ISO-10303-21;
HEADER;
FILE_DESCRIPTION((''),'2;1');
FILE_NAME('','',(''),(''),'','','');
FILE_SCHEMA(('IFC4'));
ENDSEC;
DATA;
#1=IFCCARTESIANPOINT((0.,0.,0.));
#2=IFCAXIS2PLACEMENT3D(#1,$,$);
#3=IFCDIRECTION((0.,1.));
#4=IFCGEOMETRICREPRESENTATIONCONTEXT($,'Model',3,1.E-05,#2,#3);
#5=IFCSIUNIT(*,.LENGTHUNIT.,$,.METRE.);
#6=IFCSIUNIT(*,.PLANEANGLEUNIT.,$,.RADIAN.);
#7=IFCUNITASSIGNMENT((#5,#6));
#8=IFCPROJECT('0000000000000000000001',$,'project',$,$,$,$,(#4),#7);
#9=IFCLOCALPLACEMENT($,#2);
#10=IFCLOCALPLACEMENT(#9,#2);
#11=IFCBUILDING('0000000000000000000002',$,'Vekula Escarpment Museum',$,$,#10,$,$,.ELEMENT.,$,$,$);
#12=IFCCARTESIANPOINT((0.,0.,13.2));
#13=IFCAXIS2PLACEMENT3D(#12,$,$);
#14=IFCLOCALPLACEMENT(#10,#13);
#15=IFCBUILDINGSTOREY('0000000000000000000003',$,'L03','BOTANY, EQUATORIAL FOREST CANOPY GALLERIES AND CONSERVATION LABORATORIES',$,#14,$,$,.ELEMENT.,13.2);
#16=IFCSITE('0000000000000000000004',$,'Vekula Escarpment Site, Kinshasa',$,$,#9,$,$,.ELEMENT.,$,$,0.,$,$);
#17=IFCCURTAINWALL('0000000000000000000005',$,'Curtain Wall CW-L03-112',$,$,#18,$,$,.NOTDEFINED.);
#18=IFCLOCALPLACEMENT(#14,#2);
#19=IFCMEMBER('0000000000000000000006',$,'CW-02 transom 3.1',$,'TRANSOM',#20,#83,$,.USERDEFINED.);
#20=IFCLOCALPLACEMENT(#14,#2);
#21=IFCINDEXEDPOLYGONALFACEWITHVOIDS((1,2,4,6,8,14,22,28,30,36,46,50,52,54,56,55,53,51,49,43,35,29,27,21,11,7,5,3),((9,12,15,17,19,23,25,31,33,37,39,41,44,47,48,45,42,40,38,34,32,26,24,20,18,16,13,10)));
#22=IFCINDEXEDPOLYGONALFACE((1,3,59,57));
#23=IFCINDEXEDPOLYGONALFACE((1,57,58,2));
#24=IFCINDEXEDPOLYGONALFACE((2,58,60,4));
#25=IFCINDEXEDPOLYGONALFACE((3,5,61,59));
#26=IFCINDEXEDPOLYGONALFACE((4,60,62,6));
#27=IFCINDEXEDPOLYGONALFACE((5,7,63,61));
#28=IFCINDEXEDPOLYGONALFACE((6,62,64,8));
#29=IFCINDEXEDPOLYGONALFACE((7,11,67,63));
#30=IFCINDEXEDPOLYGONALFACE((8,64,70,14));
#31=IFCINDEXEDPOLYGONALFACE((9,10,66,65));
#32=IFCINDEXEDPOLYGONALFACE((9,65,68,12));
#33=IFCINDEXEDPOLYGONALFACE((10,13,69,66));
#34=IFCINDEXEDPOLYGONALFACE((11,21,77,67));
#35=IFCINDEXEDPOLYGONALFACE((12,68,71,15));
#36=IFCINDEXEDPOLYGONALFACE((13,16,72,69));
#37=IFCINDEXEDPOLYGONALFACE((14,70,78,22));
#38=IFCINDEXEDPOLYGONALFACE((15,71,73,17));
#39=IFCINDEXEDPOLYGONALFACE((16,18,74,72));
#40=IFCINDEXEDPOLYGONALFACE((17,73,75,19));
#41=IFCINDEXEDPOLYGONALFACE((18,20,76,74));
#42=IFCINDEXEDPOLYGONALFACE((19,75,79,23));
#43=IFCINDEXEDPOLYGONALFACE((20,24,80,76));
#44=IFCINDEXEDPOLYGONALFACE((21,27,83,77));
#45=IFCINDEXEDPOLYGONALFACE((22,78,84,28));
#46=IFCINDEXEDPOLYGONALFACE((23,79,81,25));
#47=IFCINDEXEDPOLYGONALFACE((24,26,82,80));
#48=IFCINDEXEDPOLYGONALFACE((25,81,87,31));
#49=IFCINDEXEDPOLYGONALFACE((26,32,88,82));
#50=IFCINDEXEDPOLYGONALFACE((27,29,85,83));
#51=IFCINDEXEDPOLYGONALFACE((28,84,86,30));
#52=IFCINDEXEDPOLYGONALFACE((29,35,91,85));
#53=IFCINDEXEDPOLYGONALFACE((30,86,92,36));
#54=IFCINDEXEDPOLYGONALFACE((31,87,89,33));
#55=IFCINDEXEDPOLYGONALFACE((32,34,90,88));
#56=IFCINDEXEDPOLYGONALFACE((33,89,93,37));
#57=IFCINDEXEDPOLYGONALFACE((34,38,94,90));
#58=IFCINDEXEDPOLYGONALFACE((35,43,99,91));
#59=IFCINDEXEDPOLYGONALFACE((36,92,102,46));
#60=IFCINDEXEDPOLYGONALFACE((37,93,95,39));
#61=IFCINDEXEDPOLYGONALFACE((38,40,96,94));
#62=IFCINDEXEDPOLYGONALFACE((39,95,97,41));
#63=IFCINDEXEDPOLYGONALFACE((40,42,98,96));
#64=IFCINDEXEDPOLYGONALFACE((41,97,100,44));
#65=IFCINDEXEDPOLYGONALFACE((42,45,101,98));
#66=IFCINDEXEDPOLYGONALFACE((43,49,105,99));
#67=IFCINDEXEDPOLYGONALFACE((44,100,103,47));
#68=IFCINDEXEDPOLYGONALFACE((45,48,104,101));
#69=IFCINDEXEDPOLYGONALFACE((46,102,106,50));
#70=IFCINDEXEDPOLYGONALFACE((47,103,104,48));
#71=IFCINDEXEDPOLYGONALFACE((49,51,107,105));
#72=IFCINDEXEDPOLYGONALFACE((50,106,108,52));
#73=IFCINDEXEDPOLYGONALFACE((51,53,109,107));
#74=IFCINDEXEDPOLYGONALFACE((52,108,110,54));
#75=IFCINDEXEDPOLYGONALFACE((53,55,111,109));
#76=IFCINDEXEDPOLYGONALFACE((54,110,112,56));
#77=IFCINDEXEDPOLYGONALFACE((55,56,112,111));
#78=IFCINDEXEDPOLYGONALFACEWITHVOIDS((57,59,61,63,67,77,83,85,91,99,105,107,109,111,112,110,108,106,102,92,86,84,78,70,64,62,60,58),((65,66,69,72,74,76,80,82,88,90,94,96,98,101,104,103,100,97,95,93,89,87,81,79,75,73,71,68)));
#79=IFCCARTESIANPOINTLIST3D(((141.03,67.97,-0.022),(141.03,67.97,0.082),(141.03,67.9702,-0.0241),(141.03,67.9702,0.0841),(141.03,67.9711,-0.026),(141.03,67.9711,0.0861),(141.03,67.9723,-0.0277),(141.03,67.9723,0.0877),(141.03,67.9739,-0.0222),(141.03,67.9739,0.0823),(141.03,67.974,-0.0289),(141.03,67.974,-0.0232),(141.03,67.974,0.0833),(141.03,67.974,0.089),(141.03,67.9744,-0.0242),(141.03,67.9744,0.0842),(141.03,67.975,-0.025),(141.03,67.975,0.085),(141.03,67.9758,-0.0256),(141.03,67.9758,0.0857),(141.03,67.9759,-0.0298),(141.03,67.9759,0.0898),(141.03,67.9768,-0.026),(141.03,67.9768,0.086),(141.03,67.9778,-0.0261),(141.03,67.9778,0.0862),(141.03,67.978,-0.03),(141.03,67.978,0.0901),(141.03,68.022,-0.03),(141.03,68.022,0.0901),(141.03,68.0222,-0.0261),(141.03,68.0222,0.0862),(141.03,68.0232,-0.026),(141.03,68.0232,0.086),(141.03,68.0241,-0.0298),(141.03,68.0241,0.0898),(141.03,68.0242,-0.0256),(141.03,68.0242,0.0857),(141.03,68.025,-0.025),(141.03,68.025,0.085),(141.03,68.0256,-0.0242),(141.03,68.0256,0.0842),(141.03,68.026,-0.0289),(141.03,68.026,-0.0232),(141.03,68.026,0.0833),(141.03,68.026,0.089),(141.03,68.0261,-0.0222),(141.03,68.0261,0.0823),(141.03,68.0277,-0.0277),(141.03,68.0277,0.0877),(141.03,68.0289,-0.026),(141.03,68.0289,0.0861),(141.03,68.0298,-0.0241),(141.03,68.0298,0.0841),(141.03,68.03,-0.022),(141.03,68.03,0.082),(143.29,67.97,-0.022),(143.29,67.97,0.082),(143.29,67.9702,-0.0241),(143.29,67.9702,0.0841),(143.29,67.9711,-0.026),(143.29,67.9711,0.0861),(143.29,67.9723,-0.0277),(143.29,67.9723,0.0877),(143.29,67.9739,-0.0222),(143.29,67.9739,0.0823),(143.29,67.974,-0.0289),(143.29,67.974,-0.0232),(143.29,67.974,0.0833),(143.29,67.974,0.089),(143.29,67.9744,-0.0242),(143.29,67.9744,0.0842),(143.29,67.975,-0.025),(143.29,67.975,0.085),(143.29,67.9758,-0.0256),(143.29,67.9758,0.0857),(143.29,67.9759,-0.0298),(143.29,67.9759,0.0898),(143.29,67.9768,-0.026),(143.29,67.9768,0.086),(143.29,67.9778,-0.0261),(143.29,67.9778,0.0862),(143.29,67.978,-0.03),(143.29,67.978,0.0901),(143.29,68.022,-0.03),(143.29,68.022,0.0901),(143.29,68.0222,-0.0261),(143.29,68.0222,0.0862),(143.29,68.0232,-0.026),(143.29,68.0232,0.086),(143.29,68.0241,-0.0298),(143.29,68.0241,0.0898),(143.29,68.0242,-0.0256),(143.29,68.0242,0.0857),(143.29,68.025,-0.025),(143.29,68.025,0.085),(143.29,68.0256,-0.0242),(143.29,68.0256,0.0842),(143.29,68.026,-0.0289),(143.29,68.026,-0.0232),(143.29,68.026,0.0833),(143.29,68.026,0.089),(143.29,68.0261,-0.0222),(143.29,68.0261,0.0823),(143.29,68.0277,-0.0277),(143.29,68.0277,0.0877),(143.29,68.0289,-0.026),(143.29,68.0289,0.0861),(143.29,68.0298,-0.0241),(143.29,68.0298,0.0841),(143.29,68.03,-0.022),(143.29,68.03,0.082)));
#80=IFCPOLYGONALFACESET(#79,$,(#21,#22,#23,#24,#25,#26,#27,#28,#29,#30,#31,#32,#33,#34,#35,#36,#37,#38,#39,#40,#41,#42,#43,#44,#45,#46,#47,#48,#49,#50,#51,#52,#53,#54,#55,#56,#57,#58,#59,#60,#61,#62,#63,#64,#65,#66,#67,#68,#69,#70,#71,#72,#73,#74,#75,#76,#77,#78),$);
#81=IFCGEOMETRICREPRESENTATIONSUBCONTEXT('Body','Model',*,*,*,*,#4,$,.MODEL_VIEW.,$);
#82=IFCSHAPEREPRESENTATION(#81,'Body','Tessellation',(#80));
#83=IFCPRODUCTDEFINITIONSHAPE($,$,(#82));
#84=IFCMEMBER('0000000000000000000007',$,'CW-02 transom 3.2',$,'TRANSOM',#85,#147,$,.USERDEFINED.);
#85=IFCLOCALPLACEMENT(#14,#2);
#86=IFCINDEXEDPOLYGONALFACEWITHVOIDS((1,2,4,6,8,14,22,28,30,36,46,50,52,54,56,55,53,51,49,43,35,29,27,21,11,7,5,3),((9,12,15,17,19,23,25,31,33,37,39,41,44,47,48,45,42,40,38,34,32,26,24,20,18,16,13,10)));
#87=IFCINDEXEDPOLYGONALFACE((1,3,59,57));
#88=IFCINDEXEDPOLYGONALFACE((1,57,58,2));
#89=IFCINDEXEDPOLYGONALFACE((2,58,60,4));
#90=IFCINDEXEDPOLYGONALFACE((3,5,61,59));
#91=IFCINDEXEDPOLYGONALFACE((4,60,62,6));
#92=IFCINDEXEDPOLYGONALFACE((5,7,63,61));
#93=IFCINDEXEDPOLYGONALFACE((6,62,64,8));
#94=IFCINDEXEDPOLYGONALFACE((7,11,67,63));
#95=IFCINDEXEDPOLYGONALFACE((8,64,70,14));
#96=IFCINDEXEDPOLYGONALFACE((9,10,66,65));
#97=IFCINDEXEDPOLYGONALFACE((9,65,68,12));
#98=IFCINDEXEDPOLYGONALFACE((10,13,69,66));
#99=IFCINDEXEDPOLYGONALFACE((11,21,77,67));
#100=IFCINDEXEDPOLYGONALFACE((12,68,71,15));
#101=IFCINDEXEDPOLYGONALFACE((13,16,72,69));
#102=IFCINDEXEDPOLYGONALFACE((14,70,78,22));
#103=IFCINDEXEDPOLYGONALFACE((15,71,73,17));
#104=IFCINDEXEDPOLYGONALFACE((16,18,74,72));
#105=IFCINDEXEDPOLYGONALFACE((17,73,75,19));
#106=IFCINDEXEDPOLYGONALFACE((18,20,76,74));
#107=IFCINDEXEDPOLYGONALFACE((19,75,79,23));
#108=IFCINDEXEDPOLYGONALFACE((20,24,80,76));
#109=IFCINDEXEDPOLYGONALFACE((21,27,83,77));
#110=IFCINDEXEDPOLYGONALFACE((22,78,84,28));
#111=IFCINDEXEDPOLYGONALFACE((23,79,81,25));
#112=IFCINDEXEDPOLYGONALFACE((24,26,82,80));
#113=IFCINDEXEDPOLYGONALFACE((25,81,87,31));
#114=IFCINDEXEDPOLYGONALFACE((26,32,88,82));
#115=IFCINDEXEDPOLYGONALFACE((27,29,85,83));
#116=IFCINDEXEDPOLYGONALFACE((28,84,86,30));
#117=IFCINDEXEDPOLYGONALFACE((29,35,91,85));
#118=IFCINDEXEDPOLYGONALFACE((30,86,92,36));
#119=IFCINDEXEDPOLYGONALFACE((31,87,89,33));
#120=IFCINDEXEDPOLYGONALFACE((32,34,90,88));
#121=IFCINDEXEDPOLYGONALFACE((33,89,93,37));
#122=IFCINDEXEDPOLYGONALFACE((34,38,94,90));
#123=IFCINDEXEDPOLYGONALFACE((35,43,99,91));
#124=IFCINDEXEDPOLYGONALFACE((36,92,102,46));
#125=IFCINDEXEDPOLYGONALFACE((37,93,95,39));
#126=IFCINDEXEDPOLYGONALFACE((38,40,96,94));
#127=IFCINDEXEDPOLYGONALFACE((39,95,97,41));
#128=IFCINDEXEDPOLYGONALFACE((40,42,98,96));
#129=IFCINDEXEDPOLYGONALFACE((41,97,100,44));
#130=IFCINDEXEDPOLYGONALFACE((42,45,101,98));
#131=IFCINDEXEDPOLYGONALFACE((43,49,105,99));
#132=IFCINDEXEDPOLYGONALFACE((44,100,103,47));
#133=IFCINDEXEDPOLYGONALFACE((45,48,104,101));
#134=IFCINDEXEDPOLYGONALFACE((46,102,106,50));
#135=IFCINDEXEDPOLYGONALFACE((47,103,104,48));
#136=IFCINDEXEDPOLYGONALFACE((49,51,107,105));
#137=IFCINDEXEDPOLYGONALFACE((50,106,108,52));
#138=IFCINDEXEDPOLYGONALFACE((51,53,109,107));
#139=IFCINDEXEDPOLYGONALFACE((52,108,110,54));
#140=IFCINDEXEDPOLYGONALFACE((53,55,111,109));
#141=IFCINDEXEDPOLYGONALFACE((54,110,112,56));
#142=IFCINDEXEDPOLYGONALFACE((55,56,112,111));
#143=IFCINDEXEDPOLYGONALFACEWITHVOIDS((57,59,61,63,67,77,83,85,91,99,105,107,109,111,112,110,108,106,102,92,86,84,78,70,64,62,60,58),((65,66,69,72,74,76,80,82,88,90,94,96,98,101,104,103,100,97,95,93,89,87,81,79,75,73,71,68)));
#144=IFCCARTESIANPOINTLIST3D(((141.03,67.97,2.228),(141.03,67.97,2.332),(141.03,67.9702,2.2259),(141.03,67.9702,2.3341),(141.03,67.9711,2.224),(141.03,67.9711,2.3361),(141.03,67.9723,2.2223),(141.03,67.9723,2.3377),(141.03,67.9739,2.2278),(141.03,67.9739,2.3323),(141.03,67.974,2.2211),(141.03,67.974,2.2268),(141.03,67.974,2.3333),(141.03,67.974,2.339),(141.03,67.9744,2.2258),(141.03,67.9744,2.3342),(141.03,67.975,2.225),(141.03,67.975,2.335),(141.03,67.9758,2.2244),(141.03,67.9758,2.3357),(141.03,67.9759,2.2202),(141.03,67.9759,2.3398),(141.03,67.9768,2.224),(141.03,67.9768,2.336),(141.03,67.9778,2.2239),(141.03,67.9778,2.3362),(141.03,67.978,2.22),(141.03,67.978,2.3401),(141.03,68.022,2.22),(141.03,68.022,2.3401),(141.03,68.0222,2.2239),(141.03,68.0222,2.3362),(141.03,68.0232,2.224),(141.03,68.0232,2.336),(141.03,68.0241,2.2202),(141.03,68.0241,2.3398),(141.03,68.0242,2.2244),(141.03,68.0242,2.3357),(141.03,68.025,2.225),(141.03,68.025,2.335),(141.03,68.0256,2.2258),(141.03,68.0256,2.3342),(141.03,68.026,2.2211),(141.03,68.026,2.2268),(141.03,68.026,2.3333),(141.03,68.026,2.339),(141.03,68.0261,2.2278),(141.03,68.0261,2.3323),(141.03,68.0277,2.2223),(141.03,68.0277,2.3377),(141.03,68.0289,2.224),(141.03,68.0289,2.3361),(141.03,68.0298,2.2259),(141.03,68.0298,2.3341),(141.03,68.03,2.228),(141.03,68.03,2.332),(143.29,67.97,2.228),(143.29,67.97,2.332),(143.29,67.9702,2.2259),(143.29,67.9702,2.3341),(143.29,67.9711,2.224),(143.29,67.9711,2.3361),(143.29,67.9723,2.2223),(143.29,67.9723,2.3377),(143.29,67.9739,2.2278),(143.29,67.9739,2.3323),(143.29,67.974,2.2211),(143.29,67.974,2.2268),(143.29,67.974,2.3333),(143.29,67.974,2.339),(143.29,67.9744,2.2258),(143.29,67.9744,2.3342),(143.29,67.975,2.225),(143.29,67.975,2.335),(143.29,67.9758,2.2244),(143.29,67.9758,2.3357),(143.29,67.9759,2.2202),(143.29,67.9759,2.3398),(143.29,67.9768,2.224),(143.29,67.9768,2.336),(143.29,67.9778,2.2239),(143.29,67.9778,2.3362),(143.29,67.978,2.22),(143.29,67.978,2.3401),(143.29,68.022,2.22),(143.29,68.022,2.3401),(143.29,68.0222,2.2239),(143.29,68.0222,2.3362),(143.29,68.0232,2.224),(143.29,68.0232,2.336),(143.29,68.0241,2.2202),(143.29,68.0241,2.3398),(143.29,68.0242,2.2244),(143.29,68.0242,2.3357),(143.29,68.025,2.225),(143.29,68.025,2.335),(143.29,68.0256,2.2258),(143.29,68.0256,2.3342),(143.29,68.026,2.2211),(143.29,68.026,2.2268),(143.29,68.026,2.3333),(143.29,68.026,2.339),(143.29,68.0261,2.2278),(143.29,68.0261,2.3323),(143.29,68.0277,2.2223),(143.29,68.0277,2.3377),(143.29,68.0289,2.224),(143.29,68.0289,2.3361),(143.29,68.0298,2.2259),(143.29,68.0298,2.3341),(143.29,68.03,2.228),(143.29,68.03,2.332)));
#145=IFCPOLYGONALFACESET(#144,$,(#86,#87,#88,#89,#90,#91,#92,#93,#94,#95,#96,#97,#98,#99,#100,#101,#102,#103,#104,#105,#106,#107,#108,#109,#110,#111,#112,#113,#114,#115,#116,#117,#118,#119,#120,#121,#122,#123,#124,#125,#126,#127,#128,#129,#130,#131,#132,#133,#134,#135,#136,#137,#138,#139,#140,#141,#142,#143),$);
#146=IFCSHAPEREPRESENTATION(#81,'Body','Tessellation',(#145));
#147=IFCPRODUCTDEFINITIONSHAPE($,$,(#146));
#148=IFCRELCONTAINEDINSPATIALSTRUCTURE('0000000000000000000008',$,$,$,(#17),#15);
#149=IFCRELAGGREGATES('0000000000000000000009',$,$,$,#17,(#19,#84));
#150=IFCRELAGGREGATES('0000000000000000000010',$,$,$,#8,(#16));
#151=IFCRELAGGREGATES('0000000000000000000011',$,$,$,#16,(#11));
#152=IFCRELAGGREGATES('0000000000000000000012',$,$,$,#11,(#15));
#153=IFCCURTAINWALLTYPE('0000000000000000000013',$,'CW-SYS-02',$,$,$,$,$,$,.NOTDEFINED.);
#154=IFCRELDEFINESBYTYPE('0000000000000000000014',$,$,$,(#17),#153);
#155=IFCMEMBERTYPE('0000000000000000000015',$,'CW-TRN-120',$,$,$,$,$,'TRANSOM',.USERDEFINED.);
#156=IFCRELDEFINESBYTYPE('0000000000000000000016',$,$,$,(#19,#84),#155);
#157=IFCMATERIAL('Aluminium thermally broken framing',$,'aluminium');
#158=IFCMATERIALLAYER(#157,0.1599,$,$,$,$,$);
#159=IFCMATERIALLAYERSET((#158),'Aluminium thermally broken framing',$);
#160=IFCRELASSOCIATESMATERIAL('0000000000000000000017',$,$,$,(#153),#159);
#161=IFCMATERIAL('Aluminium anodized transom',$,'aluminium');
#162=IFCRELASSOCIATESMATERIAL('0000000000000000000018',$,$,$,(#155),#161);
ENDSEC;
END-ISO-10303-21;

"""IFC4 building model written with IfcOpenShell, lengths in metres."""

from ifc_helpers import new_model, si_unit, direction, frame, origin, origin_2d, place, context, subcontext, project, spatial, hollow_rectangle, extrude, material, layer, layer_set, material_profile, profile_set, type_object, element, aggregate, save


model = new_model("IFC4")

# Units and contexts
model_context = context("Model", 3, precision=1e-05, world=origin(), true_north=direction((0.0, 1.0)))
body_context = subcontext(model_context, "Body", "Model", "MODEL_VIEW")
ifc_project = project(units=[si_unit("LENGTHUNIT", "METRE"), si_unit("PLANEANGLEUNIT", "RADIAN")], contexts=[model_context])

# Site, building, storey
site_placement = place(None, origin())
site = spatial("IfcSite", under=ifc_project, at=site_placement, Name="Vekula Escarpment Site, Kinshasa", CompositionType="ELEMENT", RefElevation=0.0)
building_placement = place(site_placement, origin())
building = spatial("IfcBuilding", under=site, at=building_placement, Name="Vekula Escarpment Museum", CompositionType="ELEMENT")
storey_placement = place(building_placement, frame((0.0, 0.0, 13.2)))
storey = spatial("IfcBuildingStorey", under=building, at=storey_placement, Name="L03", Description="BOTANY, EQUATORIAL FOREST CANOPY GALLERIES AND CONSERVATION LABORATORIES", CompositionType="ELEMENT", Elevation=13.2)

# Curtain wall
ifc_material_1 = material(Name="Aluminium thermally broken framing", Category="aluminium")
ifc_layer_1 = layer(ifc_material_1, 0.1599)
ifc_layer_set_1 = layer_set([ifc_layer_1], Name="Aluminium thermally broken framing")
curtain_wall_type_1 = type_object("IfcCurtainWallType", Name="CW-SYS-02", PredefinedType="NOTDEFINED", material=ifc_layer_set_1)
curtain_wall_1_placement = place(storey_placement, origin())
curtain_wall_1 = element("IfcCurtainWall", 1, at=curtain_wall_1_placement, inside=storey, type_object=curtain_wall_type_1, Name="Curtain Wall CW-L03-112", PredefinedType="NOTDEFINED")

# Members
ifc_material_2 = material(Name="Aluminium anodized transom", Category="aluminium")
ifc_material_profile_1 = material_profile(ifc_material_2, hollow_rectangle(XDim=0.0601, YDim=0.1201, WallThickness=0.0039, InnerFilletRadius=0.0039, OuterFilletRadius=0.0081, at=origin_2d()), Name="ALU 120x60x4")
ifc_profile_set_1 = profile_set([ifc_material_profile_1], Name="Aluminium anodized transom")
member_type_1 = type_object("IfcMemberType", Name="CW-TRN-120", ElementType="TRANSOM", PredefinedType="USERDEFINED", material=ifc_profile_set_1)
member_1_placement = place(storey_placement, frame((141.03, 68.0, 0.03), z_axis=(1.0, 0.0, 0.0), x_axis=(0.0, 1.0, 0.0)))
member_1 = element("IfcMember", 2, at=member_1_placement, type_object=member_type_1, Name="CW-02 transom 3.1", ObjectType="TRANSOM", PredefinedType="USERDEFINED", context=body_context, shape_type="SweptSolid", body=[
    extrude(hollow_rectangle(XDim=0.0601, YDim=0.1201, WallThickness=0.0039, InnerFilletRadius=0.0039, OuterFilletRadius=0.0081, at=origin_2d()), origin(), (0.0, 0.0, 1.0), 2.26),
])
member_2_placement = place(storey_placement, frame((141.03, 68.0, 2.28), z_axis=(1.0, 0.0, 0.0), x_axis=(0.0, 1.0, 0.0)))
member_2 = element("IfcMember", 3, at=member_2_placement, type_object=member_type_1, Name="CW-02 transom 3.2", ObjectType="TRANSOM", PredefinedType="USERDEFINED", context=body_context, shape_type="SweptSolid", body=[
    extrude(hollow_rectangle(XDim=0.0601, YDim=0.1201, WallThickness=0.0039, InnerFilletRadius=0.0039, OuterFilletRadius=0.0081, at=origin_2d()), origin(), (0.0, 0.0, 1.0), 2.26),
])

aggregate(curtain_wall_1, [member_1, member_2])

save(model, "model.ifc")
